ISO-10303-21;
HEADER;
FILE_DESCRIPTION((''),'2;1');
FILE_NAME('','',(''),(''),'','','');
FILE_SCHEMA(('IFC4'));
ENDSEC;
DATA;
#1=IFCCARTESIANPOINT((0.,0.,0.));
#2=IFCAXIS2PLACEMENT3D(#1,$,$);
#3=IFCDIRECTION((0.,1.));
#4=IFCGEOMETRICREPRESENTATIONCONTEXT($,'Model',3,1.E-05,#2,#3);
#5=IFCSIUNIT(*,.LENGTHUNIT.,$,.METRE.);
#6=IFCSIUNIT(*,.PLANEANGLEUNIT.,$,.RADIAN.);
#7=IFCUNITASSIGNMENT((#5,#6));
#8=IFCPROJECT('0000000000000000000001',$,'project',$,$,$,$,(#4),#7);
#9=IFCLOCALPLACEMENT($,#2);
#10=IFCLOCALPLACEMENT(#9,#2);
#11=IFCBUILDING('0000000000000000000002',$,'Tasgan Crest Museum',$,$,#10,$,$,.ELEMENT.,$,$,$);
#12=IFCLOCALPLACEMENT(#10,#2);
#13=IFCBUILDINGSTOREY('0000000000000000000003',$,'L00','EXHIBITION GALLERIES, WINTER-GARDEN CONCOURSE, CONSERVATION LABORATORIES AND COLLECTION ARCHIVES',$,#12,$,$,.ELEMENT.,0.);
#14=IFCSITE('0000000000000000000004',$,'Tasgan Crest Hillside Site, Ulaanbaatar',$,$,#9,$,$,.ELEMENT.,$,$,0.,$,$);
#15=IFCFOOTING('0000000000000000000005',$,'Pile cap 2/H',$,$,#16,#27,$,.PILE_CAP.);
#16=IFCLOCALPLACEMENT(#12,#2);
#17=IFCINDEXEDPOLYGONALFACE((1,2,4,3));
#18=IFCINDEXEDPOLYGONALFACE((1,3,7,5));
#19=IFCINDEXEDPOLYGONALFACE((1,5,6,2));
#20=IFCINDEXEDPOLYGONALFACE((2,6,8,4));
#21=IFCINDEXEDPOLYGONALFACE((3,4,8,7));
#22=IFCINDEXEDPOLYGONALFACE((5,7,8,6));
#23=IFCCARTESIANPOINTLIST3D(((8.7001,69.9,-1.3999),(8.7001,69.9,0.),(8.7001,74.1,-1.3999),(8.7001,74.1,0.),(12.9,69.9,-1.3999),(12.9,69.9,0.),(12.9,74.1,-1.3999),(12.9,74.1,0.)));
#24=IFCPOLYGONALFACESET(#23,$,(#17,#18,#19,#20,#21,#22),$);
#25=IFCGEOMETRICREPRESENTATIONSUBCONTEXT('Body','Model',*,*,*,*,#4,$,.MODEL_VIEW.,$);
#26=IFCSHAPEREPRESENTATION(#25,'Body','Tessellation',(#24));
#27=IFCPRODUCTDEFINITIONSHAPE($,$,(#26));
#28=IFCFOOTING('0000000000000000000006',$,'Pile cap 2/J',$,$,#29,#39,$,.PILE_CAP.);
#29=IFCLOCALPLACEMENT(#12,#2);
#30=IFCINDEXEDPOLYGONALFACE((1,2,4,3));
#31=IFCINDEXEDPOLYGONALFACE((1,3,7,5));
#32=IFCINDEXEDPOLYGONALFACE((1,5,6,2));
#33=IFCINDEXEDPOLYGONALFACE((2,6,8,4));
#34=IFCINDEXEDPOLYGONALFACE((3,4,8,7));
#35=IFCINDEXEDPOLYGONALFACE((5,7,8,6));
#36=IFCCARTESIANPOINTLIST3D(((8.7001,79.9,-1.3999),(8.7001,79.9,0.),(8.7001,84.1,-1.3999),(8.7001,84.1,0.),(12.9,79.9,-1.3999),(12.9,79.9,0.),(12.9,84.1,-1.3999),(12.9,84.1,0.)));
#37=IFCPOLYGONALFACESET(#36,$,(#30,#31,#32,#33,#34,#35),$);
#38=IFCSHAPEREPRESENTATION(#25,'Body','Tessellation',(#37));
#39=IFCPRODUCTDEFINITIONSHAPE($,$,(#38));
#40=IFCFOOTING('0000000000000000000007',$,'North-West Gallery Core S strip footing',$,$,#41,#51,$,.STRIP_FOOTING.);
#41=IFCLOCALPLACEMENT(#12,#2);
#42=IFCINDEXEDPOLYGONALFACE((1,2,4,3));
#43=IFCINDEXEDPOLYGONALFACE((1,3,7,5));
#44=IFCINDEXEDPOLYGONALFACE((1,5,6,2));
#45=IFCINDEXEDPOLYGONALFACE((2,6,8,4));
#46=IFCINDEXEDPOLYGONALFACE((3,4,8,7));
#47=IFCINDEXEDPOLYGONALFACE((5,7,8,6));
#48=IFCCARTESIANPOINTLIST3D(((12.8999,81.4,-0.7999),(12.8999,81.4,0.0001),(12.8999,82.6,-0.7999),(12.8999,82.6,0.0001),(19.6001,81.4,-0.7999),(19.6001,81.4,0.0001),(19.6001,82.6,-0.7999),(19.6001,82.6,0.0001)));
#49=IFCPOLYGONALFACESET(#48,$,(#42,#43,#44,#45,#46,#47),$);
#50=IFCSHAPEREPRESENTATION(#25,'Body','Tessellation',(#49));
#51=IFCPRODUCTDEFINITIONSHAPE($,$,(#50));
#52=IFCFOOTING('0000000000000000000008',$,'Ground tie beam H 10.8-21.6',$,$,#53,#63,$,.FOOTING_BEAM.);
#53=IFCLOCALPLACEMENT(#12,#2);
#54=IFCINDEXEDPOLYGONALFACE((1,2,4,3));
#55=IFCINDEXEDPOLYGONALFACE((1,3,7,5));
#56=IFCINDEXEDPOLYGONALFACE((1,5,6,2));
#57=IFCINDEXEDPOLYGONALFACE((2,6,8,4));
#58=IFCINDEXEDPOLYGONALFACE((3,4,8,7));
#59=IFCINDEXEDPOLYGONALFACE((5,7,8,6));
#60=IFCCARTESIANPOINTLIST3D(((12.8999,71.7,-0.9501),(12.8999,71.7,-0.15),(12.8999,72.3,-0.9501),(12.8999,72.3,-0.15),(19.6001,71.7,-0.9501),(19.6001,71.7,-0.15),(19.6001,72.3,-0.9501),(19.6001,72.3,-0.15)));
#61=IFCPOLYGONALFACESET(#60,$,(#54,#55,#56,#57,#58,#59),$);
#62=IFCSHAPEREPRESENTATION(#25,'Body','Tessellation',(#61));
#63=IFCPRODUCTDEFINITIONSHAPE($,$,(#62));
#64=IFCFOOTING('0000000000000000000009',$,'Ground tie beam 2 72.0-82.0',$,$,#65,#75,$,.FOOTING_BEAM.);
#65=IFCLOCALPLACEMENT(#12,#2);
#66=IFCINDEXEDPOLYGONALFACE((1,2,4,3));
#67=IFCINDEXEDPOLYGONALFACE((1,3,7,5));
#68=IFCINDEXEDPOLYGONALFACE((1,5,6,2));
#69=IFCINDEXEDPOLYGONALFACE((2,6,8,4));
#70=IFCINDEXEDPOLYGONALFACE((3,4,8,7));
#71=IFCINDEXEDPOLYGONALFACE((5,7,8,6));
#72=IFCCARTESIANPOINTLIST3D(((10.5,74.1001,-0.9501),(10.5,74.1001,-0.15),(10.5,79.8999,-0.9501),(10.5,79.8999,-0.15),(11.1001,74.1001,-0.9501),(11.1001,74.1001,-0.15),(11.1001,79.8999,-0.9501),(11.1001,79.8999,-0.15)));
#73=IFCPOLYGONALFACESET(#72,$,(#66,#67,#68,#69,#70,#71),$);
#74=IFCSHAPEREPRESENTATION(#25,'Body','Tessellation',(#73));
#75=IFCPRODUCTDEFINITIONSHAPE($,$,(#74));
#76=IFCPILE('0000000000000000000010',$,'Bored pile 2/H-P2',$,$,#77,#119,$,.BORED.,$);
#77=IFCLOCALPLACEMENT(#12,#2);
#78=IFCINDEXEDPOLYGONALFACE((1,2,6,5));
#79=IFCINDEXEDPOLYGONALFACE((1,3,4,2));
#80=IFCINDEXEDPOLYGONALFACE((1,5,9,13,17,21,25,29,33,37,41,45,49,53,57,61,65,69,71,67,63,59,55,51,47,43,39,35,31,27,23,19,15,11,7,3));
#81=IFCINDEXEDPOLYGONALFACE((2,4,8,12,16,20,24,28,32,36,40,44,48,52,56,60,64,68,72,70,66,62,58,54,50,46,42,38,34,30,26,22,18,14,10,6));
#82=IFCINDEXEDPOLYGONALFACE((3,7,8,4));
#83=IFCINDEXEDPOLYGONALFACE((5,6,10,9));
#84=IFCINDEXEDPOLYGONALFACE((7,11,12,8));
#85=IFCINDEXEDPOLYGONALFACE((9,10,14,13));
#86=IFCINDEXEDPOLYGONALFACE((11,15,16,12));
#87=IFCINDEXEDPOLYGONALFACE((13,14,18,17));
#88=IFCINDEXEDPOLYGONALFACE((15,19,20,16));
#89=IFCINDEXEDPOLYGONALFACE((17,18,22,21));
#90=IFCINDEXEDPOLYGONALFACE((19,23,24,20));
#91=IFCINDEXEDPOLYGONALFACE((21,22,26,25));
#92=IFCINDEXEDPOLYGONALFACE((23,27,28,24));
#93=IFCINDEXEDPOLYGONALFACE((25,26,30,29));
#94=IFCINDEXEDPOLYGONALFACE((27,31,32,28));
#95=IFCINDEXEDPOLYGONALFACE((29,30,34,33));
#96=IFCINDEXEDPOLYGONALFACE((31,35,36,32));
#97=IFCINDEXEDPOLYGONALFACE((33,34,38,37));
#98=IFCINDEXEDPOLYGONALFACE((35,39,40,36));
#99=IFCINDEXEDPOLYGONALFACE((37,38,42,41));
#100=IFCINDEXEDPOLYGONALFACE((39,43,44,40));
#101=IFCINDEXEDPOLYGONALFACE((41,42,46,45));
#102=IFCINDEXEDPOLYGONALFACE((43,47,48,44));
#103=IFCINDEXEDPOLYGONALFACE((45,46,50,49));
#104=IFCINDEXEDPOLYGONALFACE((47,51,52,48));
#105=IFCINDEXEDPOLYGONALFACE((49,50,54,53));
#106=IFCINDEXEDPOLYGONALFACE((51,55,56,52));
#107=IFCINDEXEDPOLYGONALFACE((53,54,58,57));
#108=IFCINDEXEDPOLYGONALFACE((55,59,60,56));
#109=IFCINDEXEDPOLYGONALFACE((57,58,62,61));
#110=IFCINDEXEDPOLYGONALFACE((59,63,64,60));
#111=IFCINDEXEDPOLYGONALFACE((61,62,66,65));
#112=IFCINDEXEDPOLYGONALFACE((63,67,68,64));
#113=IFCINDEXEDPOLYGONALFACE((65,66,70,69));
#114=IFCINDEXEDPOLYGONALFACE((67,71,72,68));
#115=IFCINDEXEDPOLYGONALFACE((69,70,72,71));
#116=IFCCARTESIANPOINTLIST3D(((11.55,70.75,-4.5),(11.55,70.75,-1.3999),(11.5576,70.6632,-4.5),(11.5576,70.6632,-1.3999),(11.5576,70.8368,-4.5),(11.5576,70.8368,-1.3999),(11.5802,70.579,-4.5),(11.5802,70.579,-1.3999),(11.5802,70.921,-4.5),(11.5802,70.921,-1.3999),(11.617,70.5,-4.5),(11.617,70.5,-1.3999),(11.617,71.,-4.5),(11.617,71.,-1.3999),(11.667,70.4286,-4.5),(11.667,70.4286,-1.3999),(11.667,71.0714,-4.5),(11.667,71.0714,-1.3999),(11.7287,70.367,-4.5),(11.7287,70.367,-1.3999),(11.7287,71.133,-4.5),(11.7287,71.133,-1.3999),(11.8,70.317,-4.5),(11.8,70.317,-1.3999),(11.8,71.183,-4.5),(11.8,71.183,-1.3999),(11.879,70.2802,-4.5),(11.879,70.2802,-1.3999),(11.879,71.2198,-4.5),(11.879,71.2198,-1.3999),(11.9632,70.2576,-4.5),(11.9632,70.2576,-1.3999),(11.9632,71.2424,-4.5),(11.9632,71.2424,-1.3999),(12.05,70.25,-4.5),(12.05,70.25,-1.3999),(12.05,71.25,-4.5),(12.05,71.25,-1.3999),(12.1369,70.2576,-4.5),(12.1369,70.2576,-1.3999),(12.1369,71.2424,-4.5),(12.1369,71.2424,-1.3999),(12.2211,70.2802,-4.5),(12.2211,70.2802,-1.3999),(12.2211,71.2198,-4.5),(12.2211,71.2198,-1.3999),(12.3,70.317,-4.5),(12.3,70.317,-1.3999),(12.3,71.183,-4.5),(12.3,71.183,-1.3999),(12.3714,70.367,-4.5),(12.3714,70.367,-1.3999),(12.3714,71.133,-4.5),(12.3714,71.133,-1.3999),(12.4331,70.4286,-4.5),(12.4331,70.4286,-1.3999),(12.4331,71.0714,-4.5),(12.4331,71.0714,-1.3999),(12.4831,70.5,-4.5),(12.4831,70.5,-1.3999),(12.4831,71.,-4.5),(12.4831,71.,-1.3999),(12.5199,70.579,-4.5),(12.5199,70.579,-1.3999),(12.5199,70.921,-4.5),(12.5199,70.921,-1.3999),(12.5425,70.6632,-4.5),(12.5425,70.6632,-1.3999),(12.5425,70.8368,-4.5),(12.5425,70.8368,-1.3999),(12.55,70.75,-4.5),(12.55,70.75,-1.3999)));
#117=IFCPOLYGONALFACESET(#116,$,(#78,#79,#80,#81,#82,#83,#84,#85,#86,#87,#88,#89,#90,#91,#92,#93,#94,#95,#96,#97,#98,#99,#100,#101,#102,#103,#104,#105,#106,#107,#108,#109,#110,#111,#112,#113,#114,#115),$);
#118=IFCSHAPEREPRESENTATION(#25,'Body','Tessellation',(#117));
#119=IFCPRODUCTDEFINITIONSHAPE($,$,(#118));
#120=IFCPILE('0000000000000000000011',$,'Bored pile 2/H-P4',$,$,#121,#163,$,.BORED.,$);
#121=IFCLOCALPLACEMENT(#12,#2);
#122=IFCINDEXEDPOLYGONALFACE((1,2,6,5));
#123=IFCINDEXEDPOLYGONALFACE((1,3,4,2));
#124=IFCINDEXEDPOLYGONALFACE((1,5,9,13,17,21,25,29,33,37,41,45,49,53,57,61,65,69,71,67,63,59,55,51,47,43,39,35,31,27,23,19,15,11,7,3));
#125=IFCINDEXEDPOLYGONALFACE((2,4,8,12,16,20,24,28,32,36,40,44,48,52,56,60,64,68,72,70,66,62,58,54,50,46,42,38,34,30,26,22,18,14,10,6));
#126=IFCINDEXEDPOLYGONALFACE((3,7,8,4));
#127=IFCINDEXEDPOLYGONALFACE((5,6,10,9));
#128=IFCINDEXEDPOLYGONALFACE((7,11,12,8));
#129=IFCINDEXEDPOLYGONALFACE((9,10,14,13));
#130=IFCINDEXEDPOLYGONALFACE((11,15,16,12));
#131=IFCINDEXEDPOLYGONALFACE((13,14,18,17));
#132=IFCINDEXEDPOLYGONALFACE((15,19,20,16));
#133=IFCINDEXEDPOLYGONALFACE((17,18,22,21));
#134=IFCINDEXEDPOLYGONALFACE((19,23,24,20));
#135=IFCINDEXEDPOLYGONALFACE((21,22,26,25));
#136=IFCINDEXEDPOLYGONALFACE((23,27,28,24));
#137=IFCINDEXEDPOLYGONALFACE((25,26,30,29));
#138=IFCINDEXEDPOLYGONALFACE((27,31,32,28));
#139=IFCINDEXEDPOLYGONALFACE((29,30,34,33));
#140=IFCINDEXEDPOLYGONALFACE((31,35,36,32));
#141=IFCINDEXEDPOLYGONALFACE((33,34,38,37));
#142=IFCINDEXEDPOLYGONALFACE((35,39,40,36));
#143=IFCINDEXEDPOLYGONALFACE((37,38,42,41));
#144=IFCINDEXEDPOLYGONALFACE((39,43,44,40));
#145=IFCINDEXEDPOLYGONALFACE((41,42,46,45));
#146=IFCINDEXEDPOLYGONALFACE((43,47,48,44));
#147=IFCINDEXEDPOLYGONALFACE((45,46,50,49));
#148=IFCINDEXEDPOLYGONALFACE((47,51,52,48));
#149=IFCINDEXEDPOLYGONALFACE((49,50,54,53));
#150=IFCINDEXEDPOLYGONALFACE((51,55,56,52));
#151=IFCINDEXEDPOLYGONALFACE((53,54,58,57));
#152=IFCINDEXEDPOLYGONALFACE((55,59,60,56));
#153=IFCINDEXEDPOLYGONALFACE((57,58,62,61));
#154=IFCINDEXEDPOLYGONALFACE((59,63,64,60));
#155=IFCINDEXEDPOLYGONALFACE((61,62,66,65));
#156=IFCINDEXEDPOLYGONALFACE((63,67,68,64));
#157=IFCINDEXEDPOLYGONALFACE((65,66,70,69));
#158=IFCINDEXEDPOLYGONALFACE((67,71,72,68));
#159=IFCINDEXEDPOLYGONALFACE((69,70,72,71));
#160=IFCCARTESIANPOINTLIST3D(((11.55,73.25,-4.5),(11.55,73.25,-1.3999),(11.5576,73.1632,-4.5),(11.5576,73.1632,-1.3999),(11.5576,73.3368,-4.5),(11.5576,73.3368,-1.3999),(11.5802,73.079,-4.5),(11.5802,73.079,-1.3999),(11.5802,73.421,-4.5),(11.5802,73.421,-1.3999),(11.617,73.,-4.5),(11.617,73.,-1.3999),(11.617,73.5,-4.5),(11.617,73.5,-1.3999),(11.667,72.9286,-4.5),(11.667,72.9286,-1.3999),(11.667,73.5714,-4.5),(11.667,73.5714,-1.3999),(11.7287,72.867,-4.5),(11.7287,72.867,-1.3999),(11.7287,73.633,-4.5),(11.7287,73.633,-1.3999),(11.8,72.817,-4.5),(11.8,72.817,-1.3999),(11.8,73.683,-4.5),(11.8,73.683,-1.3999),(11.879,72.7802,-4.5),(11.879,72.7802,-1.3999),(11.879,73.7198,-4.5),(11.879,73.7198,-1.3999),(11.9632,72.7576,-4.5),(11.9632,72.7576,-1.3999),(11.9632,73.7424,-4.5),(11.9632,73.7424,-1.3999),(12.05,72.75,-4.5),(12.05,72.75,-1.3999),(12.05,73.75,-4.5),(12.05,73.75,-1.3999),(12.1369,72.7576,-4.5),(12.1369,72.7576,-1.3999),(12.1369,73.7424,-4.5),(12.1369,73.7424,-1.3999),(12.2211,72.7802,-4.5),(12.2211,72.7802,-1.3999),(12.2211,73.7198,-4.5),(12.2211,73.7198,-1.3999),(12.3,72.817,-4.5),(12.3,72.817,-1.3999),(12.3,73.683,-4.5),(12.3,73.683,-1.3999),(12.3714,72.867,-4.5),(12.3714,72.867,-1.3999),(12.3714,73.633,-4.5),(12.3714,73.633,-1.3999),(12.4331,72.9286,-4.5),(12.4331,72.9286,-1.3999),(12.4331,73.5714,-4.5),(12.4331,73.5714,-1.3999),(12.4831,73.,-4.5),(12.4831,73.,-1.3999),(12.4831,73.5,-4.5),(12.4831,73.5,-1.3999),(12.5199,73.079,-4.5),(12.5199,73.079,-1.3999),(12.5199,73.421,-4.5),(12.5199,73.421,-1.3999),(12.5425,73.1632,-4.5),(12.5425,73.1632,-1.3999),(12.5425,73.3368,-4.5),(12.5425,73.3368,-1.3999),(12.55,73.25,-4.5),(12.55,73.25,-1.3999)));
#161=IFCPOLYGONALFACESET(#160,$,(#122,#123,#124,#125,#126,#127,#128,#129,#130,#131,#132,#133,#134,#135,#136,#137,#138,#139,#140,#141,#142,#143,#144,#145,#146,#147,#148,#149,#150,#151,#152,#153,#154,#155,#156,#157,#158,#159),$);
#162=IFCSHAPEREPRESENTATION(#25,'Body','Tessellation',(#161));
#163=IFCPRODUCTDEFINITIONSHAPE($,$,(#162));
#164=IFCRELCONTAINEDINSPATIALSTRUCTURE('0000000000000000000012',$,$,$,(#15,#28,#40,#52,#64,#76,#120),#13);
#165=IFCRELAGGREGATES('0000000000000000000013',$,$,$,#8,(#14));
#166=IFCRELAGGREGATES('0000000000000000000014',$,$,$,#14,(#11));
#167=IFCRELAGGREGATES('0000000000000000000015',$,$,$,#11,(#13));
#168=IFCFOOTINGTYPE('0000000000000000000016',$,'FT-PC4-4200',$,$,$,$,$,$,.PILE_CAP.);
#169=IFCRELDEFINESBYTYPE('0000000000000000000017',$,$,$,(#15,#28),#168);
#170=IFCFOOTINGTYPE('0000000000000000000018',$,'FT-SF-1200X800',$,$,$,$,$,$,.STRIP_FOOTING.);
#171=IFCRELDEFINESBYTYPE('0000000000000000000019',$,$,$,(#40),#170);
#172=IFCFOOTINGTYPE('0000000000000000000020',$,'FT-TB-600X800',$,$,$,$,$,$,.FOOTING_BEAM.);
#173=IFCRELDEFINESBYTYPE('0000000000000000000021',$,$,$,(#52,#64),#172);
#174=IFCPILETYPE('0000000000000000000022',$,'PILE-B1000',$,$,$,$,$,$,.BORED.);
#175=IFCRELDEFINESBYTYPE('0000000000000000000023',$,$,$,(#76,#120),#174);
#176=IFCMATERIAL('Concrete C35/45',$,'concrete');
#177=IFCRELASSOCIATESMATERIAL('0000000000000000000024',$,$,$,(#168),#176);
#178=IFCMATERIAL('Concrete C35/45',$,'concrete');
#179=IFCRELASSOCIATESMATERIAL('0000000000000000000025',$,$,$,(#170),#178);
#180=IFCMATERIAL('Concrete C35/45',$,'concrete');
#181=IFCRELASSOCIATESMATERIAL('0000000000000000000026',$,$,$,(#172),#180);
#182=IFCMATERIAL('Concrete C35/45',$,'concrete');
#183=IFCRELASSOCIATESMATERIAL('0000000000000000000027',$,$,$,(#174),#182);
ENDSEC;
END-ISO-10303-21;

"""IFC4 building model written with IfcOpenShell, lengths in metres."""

from ifc_helpers import new_model, si_unit, direction, frame, origin, origin_2d, place, context, subcontext, project, spatial, rectangle, circle, extrude, material, material_profile, profile_set, type_object, element, save


model = new_model("IFC4")

# Units and contexts
model_context = context("Model", 3, precision=1e-05, world=origin(), true_north=direction((0.0, 1.0)))
body_context = subcontext(model_context, "Body", "Model", "MODEL_VIEW")
ifc_project = project(units=[si_unit("LENGTHUNIT", "METRE"), si_unit("PLANEANGLEUNIT", "RADIAN")], contexts=[model_context])

# Site, building, storey
site_placement = place(None, origin())
site = spatial("IfcSite", under=ifc_project, at=site_placement, Name="Tasgan Crest Hillside Site, Ulaanbaatar", CompositionType="ELEMENT", RefElevation=0.0)
building_placement = place(site_placement, origin())
building = spatial("IfcBuilding", under=site, at=building_placement, Name="Tasgan Crest Museum", CompositionType="ELEMENT")
storey_placement = place(building_placement, origin())
storey = spatial("IfcBuildingStorey", under=building, at=storey_placement, Name="L00", Description="EXHIBITION GALLERIES, WINTER-GARDEN CONCOURSE, CONSERVATION LABORATORIES AND COLLECTION ARCHIVES", CompositionType="ELEMENT", Elevation=0.0)

# Footings
ifc_material_1 = material(Name="Concrete C35/45", Category="concrete")
footing_type_1 = type_object("IfcFootingType", Name="FT-PC4-4200", PredefinedType="PILE_CAP", material=ifc_material_1)
for number, where, z_axis, x_axis, name in (
    (1, (10.8, 72.0, -1.3999), (0.0, 0.0, 1.0), (1.0, 0.0, 0.0), "Pile cap 2/H"),
    (2, (10.8, 82.0, -1.3999), (0.0, 0.0, 1.0), (1.0, 0.0, 0.0), "Pile cap 2/J"),
):
    element("IfcFooting", number, at=place(storey_placement, frame(where, z_axis=z_axis, x_axis=x_axis)), inside=storey, type_object=footing_type_1, Name=name, PredefinedType="PILE_CAP", context=body_context, shape_type="SweptSolid", body=[
        extrude(rectangle(XDim=4.2, YDim=4.2, at=origin_2d()), origin(), (0.0, 0.0, 1.0), 1.3999),
    ])
ifc_material_2 = material(Name="Concrete C35/45", Category="concrete")
ifc_material_profile_1 = material_profile(ifc_material_2, rectangle(XDim=1.2, YDim=0.8, at=origin_2d()), Name="SF 1200x800")
ifc_profile_set_1 = profile_set([ifc_material_profile_1], Name="Concrete C35/45")
footing_type_2 = type_object("IfcFootingType", Name="FT-SF-1200X800", PredefinedType="STRIP_FOOTING", material=ifc_profile_set_1)
footing_1_placement = place(storey_placement, frame((12.8999, 82.0, -0.3999), z_axis=(1.0, 0.0, 0.0), x_axis=(0.0, 1.0, 0.0)))
element("IfcFooting", 3, at=footing_1_placement, inside=storey, type_object=footing_type_2, Name="North-West Gallery Core S strip footing", PredefinedType="STRIP_FOOTING", context=body_context, shape_type="SweptSolid", body=[
    extrude(rectangle(XDim=1.2, YDim=0.8, at=origin_2d()), origin(), (0.0, 0.0, 1.0), 6.7002),
])
ifc_material_3 = material(Name="Concrete C35/45", Category="concrete")
ifc_material_profile_2 = material_profile(ifc_material_3, rectangle(XDim=0.6001, YDim=0.8, at=origin_2d()), Name="TB 600x800")
ifc_profile_set_2 = profile_set([ifc_material_profile_2], Name="Concrete C35/45")
footing_type_3 = type_object("IfcFootingType", Name="FT-TB-600X800", PredefinedType="FOOTING_BEAM", material=ifc_profile_set_2)
footing_2_placement = place(storey_placement, frame((12.8999, 72.0, -0.55), z_axis=(1.0, 0.0, 0.0), x_axis=(0.0, 1.0, 0.0)))
element("IfcFooting", 4, at=footing_2_placement, inside=storey, type_object=footing_type_3, Name="Ground tie beam H 10.8-21.6", PredefinedType="FOOTING_BEAM", context=body_context, shape_type="SweptSolid", body=[
    extrude(rectangle(XDim=0.6001, YDim=0.8, at=origin_2d()), origin(), (0.0, 0.0, 1.0), 6.7002),
])
footing_3_placement = place(storey_placement, frame((10.8, 74.1001, -0.55), z_axis=(0.0, 1.0, 0.0), x_axis=(-1.0, 0.0, 0.0)))
element("IfcFooting", 5, at=footing_3_placement, inside=storey, type_object=footing_type_3, Name="Ground tie beam 2 72.0-82.0", PredefinedType="FOOTING_BEAM", context=body_context, shape_type="SweptSolid", body=[
    extrude(rectangle(XDim=0.6001, YDim=0.8, at=origin_2d()), origin(), (0.0, 0.0, 1.0), 5.7998),
])

# Piles
ifc_material_4 = material(Name="Concrete C35/45", Category="concrete")
ifc_material_profile_3 = material_profile(ifc_material_4, circle(Radius=0.5, at=origin_2d()), Name="PILE D1000")
ifc_profile_set_3 = profile_set([ifc_material_profile_3], Name="Concrete C35/45")
pile_type = type_object("IfcPileType", Name="PILE-B1000", PredefinedType="BORED", material=ifc_profile_set_3)
for number, where, z_axis, x_axis, name in (
    (6, (12.05, 70.75, -1.3999), (0.0, 0.0, -1.0), (1.0, 0.0, 0.0), "Bored pile 2/H-P2"),
    (7, (12.05, 73.25, -1.3999), (0.0, 0.0, -1.0), (1.0, 0.0, 0.0), "Bored pile 2/H-P4"),
):
    element("IfcPile", number, at=place(storey_placement, frame(where, z_axis=z_axis, x_axis=x_axis)), inside=storey, type_object=pile_type, Name=name, PredefinedType="BORED", context=body_context, shape_type="SweptSolid", body=[
        extrude(circle(Radius=0.5, at=origin_2d()), origin(), (0.0, 0.0, 1.0), 3.1001),
    ])

save(model, "model.ifc")
